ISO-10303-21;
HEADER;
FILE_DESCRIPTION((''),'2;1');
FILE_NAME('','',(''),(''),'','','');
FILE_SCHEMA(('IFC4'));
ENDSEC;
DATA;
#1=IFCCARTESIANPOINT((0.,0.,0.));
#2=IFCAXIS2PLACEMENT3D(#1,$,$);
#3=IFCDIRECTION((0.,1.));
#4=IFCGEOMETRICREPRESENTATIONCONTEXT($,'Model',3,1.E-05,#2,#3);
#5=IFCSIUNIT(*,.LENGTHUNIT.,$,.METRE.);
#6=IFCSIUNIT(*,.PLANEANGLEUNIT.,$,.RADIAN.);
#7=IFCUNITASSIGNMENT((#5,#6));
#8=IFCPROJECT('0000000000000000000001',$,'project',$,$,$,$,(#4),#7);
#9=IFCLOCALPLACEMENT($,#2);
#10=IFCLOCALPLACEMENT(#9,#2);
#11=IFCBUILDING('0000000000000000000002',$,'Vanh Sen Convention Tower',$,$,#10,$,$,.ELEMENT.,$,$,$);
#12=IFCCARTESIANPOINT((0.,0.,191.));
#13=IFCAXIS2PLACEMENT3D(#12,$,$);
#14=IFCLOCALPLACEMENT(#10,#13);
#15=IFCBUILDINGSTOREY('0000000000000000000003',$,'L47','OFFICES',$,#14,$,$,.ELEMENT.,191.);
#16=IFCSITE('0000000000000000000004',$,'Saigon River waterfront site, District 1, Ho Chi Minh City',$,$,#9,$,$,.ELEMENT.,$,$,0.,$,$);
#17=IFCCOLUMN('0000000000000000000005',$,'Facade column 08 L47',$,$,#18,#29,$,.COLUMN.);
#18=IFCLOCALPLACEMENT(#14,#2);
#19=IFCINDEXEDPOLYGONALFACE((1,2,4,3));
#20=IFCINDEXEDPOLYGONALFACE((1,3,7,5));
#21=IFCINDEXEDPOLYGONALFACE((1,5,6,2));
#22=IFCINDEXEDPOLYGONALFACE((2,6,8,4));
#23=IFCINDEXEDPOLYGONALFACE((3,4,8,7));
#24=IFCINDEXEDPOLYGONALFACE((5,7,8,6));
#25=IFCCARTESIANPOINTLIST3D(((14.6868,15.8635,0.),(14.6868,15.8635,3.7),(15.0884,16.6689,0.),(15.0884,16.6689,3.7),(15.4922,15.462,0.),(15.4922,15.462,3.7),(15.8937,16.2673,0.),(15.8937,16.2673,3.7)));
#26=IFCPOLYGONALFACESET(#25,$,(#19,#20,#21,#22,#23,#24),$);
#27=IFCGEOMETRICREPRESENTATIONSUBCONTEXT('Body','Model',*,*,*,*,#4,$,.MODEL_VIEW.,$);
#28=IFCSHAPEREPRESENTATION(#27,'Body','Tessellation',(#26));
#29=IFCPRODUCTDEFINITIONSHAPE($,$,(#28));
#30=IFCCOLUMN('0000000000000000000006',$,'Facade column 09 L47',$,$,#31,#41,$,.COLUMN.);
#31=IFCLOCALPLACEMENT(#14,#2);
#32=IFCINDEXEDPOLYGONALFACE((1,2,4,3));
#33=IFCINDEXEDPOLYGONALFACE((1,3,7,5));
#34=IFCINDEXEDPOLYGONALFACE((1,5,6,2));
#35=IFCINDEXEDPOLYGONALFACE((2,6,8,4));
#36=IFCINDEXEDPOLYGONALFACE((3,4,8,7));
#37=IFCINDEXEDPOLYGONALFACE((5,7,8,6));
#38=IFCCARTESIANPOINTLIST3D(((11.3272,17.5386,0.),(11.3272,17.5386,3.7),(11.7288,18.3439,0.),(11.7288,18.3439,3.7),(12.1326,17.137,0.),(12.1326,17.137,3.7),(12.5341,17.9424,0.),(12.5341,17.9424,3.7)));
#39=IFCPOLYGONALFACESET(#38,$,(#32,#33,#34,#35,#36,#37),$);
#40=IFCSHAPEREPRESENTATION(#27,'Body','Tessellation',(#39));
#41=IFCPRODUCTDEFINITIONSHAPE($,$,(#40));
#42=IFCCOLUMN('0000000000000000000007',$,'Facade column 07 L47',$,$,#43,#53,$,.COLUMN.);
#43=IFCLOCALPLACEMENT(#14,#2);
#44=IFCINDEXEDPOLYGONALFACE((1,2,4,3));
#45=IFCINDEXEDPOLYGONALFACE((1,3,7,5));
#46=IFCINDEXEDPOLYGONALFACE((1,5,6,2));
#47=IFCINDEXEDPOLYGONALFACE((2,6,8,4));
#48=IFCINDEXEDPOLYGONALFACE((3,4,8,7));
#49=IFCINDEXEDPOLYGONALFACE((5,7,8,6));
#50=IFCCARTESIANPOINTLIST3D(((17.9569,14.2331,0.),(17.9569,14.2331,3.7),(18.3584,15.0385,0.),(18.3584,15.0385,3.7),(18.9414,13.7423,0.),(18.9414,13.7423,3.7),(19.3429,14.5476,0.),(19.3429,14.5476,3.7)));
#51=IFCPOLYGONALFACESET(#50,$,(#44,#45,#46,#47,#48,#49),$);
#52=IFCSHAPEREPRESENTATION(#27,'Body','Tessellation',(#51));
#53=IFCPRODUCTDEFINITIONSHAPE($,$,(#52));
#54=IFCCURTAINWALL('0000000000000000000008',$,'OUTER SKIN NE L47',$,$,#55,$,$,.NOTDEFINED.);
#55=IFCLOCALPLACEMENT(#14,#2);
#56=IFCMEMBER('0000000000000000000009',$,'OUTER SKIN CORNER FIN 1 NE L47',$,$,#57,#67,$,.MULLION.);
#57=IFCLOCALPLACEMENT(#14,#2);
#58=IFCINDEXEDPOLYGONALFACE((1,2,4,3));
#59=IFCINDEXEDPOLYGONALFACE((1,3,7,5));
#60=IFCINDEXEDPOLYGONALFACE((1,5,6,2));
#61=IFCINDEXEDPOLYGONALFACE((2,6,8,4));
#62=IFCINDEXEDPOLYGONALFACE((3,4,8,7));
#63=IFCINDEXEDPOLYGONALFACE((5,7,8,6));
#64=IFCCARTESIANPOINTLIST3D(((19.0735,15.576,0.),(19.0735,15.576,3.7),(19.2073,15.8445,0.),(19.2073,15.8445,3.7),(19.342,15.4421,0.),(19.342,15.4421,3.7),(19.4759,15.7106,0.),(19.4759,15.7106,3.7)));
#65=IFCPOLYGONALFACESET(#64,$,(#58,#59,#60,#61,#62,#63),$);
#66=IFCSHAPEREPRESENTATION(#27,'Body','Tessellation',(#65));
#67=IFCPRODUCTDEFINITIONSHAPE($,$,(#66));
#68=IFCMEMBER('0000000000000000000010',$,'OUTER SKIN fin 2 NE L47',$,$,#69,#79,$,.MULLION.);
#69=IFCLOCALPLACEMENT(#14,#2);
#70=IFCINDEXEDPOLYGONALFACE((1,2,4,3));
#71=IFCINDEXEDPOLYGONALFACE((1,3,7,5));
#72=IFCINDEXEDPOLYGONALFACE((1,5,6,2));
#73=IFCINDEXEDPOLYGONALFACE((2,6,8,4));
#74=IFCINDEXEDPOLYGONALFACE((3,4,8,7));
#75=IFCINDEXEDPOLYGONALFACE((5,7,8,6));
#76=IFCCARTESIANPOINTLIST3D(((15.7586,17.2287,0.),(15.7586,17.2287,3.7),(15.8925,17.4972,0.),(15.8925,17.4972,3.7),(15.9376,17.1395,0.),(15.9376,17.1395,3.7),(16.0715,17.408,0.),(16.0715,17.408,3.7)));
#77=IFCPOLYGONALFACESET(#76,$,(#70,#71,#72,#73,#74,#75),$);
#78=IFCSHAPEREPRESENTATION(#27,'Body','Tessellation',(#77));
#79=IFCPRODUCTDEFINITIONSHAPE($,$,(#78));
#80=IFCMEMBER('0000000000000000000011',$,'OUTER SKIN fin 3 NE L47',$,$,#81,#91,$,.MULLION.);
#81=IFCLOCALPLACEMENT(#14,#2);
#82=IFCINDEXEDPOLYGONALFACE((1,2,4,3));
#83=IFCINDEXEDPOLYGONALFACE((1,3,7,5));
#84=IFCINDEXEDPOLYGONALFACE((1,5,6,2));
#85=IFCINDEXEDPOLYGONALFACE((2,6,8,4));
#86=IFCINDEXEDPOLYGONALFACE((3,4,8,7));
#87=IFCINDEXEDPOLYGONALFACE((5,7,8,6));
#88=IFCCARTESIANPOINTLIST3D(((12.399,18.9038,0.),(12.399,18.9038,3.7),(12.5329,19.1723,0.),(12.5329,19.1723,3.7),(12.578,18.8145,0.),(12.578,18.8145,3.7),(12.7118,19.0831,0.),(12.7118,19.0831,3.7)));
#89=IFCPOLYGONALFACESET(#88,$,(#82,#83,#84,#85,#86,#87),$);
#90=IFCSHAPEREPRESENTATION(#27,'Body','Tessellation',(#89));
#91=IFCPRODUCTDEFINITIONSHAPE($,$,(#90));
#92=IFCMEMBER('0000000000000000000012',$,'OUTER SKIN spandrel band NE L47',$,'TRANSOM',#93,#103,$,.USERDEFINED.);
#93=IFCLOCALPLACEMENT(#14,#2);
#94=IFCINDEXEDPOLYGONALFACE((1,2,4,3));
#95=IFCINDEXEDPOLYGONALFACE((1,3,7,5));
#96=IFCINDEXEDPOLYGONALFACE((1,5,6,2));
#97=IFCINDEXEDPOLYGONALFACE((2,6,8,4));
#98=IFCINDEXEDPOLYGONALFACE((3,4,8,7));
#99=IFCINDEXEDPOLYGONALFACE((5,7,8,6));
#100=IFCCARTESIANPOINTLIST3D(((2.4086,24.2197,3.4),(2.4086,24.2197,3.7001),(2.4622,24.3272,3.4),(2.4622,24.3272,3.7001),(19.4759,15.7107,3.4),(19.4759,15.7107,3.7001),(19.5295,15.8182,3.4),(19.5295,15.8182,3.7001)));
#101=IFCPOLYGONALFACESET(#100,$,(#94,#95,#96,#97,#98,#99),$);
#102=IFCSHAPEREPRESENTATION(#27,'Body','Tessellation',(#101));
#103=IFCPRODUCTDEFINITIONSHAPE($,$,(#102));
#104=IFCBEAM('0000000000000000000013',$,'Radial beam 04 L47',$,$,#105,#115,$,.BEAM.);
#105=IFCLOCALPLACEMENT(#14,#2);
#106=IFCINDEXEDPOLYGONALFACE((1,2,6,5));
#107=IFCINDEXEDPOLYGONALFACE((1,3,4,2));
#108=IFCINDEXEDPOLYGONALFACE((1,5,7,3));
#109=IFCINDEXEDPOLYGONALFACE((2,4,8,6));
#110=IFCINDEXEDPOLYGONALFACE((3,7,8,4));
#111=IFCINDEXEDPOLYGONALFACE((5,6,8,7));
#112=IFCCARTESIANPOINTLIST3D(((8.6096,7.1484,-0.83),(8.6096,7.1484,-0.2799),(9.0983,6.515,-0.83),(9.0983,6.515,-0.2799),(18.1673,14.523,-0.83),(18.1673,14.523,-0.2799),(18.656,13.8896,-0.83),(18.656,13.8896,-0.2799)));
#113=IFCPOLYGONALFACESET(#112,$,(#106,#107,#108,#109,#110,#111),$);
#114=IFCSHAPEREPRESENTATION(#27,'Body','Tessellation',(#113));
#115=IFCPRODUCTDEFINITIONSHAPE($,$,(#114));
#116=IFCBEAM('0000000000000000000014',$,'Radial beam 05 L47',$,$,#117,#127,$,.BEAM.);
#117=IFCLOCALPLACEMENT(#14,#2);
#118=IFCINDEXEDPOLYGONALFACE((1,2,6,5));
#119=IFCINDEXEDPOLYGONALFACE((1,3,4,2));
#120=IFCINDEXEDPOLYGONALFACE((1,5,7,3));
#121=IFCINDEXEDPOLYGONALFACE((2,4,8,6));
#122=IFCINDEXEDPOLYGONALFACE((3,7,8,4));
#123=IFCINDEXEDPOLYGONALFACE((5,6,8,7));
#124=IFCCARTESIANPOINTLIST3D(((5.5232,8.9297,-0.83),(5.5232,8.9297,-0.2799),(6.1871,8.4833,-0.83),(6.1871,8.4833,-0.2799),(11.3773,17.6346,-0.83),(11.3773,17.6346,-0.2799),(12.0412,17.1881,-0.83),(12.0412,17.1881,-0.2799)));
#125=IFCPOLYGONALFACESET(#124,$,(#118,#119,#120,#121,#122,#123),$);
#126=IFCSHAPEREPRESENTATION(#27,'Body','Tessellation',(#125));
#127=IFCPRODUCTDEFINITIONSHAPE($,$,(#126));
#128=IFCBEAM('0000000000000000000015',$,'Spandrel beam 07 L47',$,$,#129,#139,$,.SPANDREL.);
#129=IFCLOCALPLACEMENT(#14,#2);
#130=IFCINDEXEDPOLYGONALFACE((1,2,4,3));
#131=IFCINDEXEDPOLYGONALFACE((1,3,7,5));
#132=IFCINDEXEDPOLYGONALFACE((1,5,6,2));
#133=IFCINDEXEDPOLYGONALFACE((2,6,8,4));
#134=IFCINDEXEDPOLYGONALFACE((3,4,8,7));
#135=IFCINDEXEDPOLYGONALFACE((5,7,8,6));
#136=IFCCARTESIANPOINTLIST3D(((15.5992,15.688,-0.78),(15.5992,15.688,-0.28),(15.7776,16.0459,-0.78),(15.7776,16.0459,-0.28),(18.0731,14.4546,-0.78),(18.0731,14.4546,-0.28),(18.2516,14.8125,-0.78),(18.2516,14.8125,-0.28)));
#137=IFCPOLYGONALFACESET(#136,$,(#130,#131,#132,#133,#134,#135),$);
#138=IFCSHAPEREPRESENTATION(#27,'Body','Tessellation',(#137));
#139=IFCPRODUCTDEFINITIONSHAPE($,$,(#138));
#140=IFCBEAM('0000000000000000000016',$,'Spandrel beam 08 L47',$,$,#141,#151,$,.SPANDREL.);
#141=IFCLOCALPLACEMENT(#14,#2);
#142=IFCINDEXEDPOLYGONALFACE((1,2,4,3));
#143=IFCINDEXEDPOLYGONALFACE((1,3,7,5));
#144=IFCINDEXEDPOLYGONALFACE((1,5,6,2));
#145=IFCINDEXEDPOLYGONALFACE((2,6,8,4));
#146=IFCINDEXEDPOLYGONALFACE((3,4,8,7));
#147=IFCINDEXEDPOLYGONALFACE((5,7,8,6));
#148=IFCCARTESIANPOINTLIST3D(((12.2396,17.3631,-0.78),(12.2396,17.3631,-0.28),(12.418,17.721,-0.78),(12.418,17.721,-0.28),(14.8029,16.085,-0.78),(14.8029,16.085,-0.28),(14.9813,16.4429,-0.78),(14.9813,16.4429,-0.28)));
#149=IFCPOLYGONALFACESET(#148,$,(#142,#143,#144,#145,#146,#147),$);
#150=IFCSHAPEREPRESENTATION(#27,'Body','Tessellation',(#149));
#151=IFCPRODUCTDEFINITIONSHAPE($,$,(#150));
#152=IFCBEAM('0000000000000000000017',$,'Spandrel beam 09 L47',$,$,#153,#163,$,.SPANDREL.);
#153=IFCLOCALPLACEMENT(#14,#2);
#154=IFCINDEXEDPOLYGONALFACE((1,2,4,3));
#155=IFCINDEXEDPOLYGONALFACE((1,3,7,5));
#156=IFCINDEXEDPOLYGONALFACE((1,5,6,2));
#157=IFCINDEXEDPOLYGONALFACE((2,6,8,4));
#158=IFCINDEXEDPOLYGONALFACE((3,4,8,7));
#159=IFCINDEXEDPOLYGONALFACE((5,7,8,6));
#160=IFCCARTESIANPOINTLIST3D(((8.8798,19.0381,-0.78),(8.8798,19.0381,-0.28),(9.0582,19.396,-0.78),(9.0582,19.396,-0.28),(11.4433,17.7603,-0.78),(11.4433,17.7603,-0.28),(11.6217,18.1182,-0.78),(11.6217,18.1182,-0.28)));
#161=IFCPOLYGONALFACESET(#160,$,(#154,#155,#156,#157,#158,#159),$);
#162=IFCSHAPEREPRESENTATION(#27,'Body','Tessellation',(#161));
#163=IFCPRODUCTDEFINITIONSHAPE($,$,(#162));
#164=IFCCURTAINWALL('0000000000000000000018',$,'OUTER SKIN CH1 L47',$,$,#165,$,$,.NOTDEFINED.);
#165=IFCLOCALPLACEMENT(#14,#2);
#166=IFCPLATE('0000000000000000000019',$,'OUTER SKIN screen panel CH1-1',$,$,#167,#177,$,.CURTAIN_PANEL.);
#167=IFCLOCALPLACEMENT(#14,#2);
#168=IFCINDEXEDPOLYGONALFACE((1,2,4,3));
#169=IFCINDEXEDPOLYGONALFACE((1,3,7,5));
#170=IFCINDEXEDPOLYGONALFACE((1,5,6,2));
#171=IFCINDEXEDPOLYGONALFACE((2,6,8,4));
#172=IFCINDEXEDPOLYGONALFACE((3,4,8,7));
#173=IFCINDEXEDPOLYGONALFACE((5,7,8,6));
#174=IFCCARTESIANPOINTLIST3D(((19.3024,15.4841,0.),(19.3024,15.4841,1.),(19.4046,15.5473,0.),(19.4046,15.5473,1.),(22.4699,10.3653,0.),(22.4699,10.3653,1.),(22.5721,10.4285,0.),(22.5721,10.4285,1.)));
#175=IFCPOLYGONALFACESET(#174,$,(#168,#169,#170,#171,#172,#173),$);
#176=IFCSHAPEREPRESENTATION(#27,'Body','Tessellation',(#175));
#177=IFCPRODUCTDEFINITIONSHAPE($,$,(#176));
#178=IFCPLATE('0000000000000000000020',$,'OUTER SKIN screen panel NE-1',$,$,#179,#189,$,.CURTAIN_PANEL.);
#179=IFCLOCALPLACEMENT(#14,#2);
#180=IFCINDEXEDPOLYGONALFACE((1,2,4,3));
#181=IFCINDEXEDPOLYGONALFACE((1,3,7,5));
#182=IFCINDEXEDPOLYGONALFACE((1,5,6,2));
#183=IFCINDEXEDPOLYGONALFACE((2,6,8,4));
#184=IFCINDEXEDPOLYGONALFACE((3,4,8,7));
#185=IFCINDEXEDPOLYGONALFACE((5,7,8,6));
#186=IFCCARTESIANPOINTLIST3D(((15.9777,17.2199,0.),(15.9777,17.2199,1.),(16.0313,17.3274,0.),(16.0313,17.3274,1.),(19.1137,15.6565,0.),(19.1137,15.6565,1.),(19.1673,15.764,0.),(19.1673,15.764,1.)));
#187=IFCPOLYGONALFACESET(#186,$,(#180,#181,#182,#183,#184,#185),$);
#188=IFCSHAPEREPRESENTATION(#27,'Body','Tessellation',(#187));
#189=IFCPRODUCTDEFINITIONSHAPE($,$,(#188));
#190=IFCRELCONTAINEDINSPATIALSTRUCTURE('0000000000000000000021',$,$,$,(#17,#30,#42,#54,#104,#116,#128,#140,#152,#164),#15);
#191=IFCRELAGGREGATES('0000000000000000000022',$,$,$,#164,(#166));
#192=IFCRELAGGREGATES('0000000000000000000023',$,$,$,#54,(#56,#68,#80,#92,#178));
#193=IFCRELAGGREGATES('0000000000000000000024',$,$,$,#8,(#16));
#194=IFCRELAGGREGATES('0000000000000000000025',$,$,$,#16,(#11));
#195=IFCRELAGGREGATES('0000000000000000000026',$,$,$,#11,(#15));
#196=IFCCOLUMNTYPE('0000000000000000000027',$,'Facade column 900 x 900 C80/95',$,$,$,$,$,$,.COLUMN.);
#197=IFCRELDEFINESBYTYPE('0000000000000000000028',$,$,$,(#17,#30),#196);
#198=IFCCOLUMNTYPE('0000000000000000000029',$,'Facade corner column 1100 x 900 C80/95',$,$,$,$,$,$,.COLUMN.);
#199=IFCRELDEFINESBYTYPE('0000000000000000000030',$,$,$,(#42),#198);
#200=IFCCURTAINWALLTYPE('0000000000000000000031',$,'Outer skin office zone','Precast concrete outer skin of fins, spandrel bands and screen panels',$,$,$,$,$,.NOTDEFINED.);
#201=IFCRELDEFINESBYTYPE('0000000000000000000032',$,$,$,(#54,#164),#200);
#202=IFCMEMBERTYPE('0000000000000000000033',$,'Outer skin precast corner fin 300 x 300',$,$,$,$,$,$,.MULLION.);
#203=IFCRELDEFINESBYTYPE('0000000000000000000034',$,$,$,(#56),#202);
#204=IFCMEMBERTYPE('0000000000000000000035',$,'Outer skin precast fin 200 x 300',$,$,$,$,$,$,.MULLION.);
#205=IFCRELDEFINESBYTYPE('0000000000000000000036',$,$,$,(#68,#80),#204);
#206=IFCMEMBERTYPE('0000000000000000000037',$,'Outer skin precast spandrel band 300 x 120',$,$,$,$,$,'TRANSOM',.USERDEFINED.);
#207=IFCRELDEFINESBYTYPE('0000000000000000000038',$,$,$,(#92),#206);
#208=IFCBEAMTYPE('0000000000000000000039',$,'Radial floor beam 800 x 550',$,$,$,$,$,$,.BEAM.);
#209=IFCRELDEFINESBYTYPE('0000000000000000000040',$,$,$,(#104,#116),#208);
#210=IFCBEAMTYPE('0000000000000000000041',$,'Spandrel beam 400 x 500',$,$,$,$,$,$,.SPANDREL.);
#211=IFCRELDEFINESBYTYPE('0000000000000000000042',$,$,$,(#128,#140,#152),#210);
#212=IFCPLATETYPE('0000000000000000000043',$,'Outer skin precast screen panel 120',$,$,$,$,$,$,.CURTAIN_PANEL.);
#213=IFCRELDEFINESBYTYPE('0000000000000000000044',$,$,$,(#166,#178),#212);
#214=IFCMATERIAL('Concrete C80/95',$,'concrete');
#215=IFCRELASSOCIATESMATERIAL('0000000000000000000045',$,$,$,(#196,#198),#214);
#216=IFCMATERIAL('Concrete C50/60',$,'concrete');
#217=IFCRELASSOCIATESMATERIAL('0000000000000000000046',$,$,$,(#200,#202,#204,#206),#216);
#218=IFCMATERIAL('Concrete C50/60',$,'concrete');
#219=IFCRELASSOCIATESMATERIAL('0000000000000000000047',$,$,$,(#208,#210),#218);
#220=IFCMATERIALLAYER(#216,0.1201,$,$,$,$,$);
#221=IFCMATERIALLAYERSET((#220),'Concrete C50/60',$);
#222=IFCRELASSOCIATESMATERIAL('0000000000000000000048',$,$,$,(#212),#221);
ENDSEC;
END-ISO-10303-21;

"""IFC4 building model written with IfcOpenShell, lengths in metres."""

from ifc_helpers import new_model, si_unit, direction, frame, origin, origin_2d, place, context, subcontext, project, spatial, rectangle, extrude, material, layer, layer_set, material_profile, profile_set, type_object, element, aggregate, save


model = new_model("IFC4")

# Units and contexts
model_context = context("Model", 3, precision=1e-05, world=origin(), true_north=direction((0.0, 1.0)))
body_context = subcontext(model_context, "Body", "Model", "MODEL_VIEW")
ifc_project = project(units=[si_unit("LENGTHUNIT", "METRE"), si_unit("PLANEANGLEUNIT", "RADIAN")], contexts=[model_context])

# Site, building, storey
site_placement = place(None, origin())
site = spatial("IfcSite", under=ifc_project, at=site_placement, Name="Saigon River waterfront site, District 1, Ho Chi Minh City", CompositionType="ELEMENT", RefElevation=0.0)
building_placement = place(site_placement, origin())
building = spatial("IfcBuilding", under=site, at=building_placement, Name="Vanh Sen Convention Tower", CompositionType="ELEMENT")
storey_placement = place(building_placement, frame((0.0, 0.0, 191.0)))
storey = spatial("IfcBuildingStorey", under=building, at=storey_placement, Name="L47", Description="OFFICES", CompositionType="ELEMENT", Elevation=191.0)

# Columns
ifc_material_1 = material(Name="Concrete C80/95", Category="concrete")
ifc_material_profile_1 = material_profile(ifc_material_1, rectangle(XDim=0.8999, YDim=0.8999, at=origin_2d()), Name="RC 900X900")
ifc_profile_set_1 = profile_set([ifc_material_profile_1], Name="Concrete C80/95")
column_type_1 = type_object("IfcColumnType", Name="Facade column 900 x 900 C80/95", PredefinedType="COLUMN", material=ifc_profile_set_1)
for number, where, z_axis, x_axis, name in (
    (1, (15.2903, 16.0654, 0.0), (0.0, 0.0, 1.0), (-0.894934, 0.446198, 0.0), "Facade column 08 L47"),
    (2, (11.9307, 17.7405, 0.0), (0.0, 0.0, 1.0), (-0.894934, 0.446198, 0.0), "Facade column 09 L47"),
):
    element("IfcColumn", number, at=place(storey_placement, frame(where, z_axis=z_axis, x_axis=x_axis)), inside=storey, type_object=column_type_1, Name=name, PredefinedType="COLUMN", context=body_context, shape_type="SweptSolid", body=[
        extrude(rectangle(XDim=0.8999, YDim=0.8999, at=origin_2d()), origin(), (0.0, 0.0, 1.0), 3.7),
    ])
ifc_material_profile_2 = material_profile(ifc_material_1, rectangle(XDim=1.1001, YDim=0.8999, at=origin_2d()), Name="RC 1100X900")
ifc_profile_set_2 = profile_set([ifc_material_profile_2], Name="Concrete C80/95")
column_type_2 = type_object("IfcColumnType", Name="Facade corner column 1100 x 900 C80/95", PredefinedType="COLUMN", material=ifc_profile_set_2)
column_placement = place(storey_placement, frame((18.6499, 14.3904, 0.0), z_axis=(0.0, 0.0, 1.0), x_axis=(-0.894934, 0.446198, 0.0)))
element("IfcColumn", 3, at=column_placement, inside=storey, type_object=column_type_2, Name="Facade column 07 L47", PredefinedType="COLUMN", context=body_context, shape_type="SweptSolid", body=[
    extrude(rectangle(XDim=1.1001, YDim=0.8999, at=origin_2d()), origin(), (0.0, 0.0, 1.0), 3.7),
])

# Curtain wall, members
ifc_material_2 = material(Name="Concrete C50/60", Category="concrete")
curtain_wall_type = type_object("IfcCurtainWallType", Name="Outer skin office zone", Description="Precast concrete outer skin of fins, spandrel bands and screen panels", PredefinedType="NOTDEFINED", material=ifc_material_2)
curtain_wall_1_placement = place(storey_placement, origin())
curtain_wall_1 = element("IfcCurtainWall", 4, at=curtain_wall_1_placement, inside=storey, type_object=curtain_wall_type, Name="OUTER SKIN NE L47", PredefinedType="NOTDEFINED")
ifc_material_profile_3 = material_profile(ifc_material_2, rectangle(XDim=0.3, YDim=0.3, at=origin_2d()), Name="Outer skin precast corner fin 300 x 300")
ifc_profile_set_3 = profile_set([ifc_material_profile_3], Name="Concrete C50/60")
member_type_1 = type_object("IfcMemberType", Name="Outer skin precast corner fin 300 x 300", PredefinedType="MULLION", material=ifc_profile_set_3)
member_1_placement = place(storey_placement, frame((19.2747, 15.6433, 0.0), z_axis=(0.0, 0.0, 1.0), x_axis=(-0.894934, 0.446198, 0.0)))
member_1 = element("IfcMember", 5, at=member_1_placement, type_object=member_type_1, Name="OUTER SKIN CORNER FIN 1 NE L47", PredefinedType="MULLION", context=body_context, shape_type="SweptSolid", body=[
    extrude(rectangle(XDim=0.3, YDim=0.3, at=origin_2d()), origin(), (0.0, 0.0, 1.0), 3.7),
])
ifc_material_profile_4 = material_profile(ifc_material_2, rectangle(XDim=0.2, YDim=0.3, at=origin_2d()), Name="Outer skin precast fin 200 x 300")
ifc_profile_set_4 = profile_set([ifc_material_profile_4], Name="Concrete C50/60")
member_type_2 = type_object("IfcMemberType", Name="Outer skin precast fin 200 x 300", PredefinedType="MULLION", material=ifc_profile_set_4)
member_2_placement = place(storey_placement, frame((15.915, 17.3184, 0.0), z_axis=(0.0, 0.0, 1.0), x_axis=(-0.894934, 0.446198, 0.0)))
member_2 = element("IfcMember", 6, at=member_2_placement, type_object=member_type_2, Name="OUTER SKIN fin 2 NE L47", PredefinedType="MULLION", context=body_context, shape_type="SweptSolid", body=[
    extrude(rectangle(XDim=0.2, YDim=0.3, at=origin_2d()), origin(), (0.0, 0.0, 1.0), 3.7),
])
member_3_placement = place(storey_placement, frame((12.5554, 18.9934, 0.0), z_axis=(0.0, 0.0, 1.0), x_axis=(-0.894934, 0.446198, 0.0)))
member_3 = element("IfcMember", 7, at=member_3_placement, type_object=member_type_2, Name="OUTER SKIN fin 3 NE L47", PredefinedType="MULLION", context=body_context, shape_type="SweptSolid", body=[
    extrude(rectangle(XDim=0.2, YDim=0.3, at=origin_2d()), origin(), (0.0, 0.0, 1.0), 3.7),
])
ifc_material_profile_5 = material_profile(ifc_material_2, rectangle(XDim=0.1201, YDim=0.3, at=origin_2d()), Name="Outer skin precast spandrel band 300 x 120")
ifc_profile_set_5 = profile_set([ifc_material_profile_5], Name="Concrete C50/60")
member_type_3 = type_object("IfcMemberType", Name="Outer skin precast spandrel band 300 x 120", ElementType="TRANSOM", PredefinedType="USERDEFINED", material=ifc_profile_set_5)
member_4_placement = place(storey_placement, frame((19.5027, 15.7644, 3.55), z_axis=(-0.894941, 0.446184, 0.0), x_axis=(-0.446184, -0.894941, 0.0)))
member_4 = element("IfcMember", 8, at=member_4_placement, type_object=member_type_3, Name="OUTER SKIN spandrel band NE L47", ObjectType="TRANSOM", PredefinedType="USERDEFINED", context=body_context, shape_type="SweptSolid", body=[
    extrude(rectangle(XDim=0.1201, YDim=0.3, at=origin_2d()), origin(), (0.0, 0.0, 1.0), 19.0708),
])

# Beams
ifc_material_3 = material(Name="Concrete C50/60", Category="concrete")
ifc_material_profile_6 = material_profile(ifc_material_3, rectangle(XDim=0.8, YDim=0.55, at=origin_2d()), Name="RC 800X550")
ifc_profile_set_6 = profile_set([ifc_material_profile_6], Name="Concrete C50/60")
beam_type_1 = type_object("IfcBeamType", Name="Radial floor beam 800 x 550", PredefinedType="BEAM", material=ifc_profile_set_6)
beam_1_placement = place(storey_placement, frame((18.4116, 14.2063, -0.5549), z_axis=(-0.791722, -0.610881, 0.0), x_axis=(0.610881, -0.791722, 0.0)))
element("IfcBeam", 9, at=beam_1_placement, inside=storey, type_object=beam_type_1, Name="Radial beam 04 L47", PredefinedType="BEAM", context=body_context, shape_type="SweptSolid", body=[
    extrude(rectangle(XDim=0.8, YDim=0.55, at=origin_2d()), origin(), (0.0, 0.0, 1.0), 12.072),
])
beam_2_placement = place(storey_placement, frame((11.7092, 17.4114, -0.5549), z_axis=(-0.558047, -0.829809, 0.0), x_axis=(0.829809, -0.558047, 0.0)))
element("IfcBeam", 10, at=beam_2_placement, inside=storey, type_object=beam_type_1, Name="Radial beam 05 L47", PredefinedType="BEAM", context=body_context, shape_type="SweptSolid", body=[
    extrude(rectangle(XDim=0.8, YDim=0.55, at=origin_2d()), origin(), (0.0, 0.0, 1.0), 10.4902),
])
ifc_material_profile_7 = material_profile(ifc_material_3, rectangle(XDim=0.3999, YDim=0.5, at=origin_2d()), Name="RC 400X500")
ifc_profile_set_7 = profile_set([ifc_material_profile_7], Name="Concrete C50/60")
beam_type_2 = type_object("IfcBeamType", Name="Spandrel beam 400 x 500", PredefinedType="SPANDREL", material=ifc_profile_set_7)
beam_3_placement = place(storey_placement, frame((18.1624, 14.6335, -0.53), z_axis=(-0.894939, 0.446189, 0.0), x_axis=(-0.446189, -0.894939, 0.0)))
element("IfcBeam", 11, at=beam_3_placement, inside=storey, type_object=beam_type_2, Name="Spandrel beam 07 L47", PredefinedType="SPANDREL", context=body_context, shape_type="SweptSolid", body=[
    extrude(rectangle(XDim=0.3999, YDim=0.5, at=origin_2d()), origin(), (0.0, 0.0, 1.0), 2.7644),
])
for number, where, z_axis, x_axis, name in (
    (12, (14.8921, 16.2639, -0.53), (-0.894921, 0.446225, 0.0), (-0.446225, -0.894921, 0.0), "Spandrel beam 08 L47"),
    (13, (11.5325, 17.9392, -0.53), (-0.894972, 0.446122, 0.0), (-0.446122, -0.894972, 0.0), "Spandrel beam 09 L47"),
):
    element("IfcBeam", number, at=place(storey_placement, frame(where, z_axis=z_axis, x_axis=x_axis)), inside=storey, type_object=beam_type_2, Name=name, PredefinedType="SPANDREL", context=body_context, shape_type="SweptSolid", body=[
        extrude(rectangle(XDim=0.3999, YDim=0.5, at=origin_2d()), origin(), (0.0, 0.0, 1.0), 2.8643),
    ])

# Curtain wall, plate
curtain_wall_2_placement = place(storey_placement, origin())
curtain_wall_2 = element("IfcCurtainWall", 14, at=curtain_wall_2_placement, inside=storey, type_object=curtain_wall_type, Name="OUTER SKIN CH1 L47", PredefinedType="NOTDEFINED")
ifc_layer_1 = layer(ifc_material_2, 0.1201)
ifc_layer_set_1 = layer_set([ifc_layer_1], Name="Concrete C50/60")
plate_type = type_object("IfcPlateType", Name="Outer skin precast screen panel 120", PredefinedType="CURTAIN_PANEL", material=ifc_layer_set_1)
plate_1_placement = place(storey_placement, frame((20.9373, 12.9563, 0.0), z_axis=(0.0, 0.0, 1.0), x_axis=(-0.526204, 0.850359, 0.0)))
plate_1 = element("IfcPlate", 15, at=plate_1_placement, type_object=plate_type, Name="OUTER SKIN screen panel CH1-1", PredefinedType="CURTAIN_PANEL", context=body_context, shape_type="SweptSolid", body=[
    extrude(rectangle(XDim=6.0195, YDim=0.1201, at=origin_2d()), origin(), (0.0, 0.0, 1.0), 1.0),
])
aggregate(curtain_wall_2, [plate_1])

# Plate
plate_2_placement = place(storey_placement, frame((17.5725, 16.4919, 0.0), z_axis=(0.0, 0.0, 1.0), x_axis=(-0.894944, 0.446179, 0.0)))
plate_2 = element("IfcPlate", 16, at=plate_2_placement, type_object=plate_type, Name="OUTER SKIN screen panel NE-1", PredefinedType="CURTAIN_PANEL", context=body_context, shape_type="SweptSolid", body=[
    extrude(rectangle(XDim=3.5042, YDim=0.1201, at=origin_2d()), origin(), (0.0, 0.0, 1.0), 1.0),
])
aggregate(curtain_wall_1, [member_1, member_2, member_3, member_4, plate_2])

save(model, "model.ifc")
